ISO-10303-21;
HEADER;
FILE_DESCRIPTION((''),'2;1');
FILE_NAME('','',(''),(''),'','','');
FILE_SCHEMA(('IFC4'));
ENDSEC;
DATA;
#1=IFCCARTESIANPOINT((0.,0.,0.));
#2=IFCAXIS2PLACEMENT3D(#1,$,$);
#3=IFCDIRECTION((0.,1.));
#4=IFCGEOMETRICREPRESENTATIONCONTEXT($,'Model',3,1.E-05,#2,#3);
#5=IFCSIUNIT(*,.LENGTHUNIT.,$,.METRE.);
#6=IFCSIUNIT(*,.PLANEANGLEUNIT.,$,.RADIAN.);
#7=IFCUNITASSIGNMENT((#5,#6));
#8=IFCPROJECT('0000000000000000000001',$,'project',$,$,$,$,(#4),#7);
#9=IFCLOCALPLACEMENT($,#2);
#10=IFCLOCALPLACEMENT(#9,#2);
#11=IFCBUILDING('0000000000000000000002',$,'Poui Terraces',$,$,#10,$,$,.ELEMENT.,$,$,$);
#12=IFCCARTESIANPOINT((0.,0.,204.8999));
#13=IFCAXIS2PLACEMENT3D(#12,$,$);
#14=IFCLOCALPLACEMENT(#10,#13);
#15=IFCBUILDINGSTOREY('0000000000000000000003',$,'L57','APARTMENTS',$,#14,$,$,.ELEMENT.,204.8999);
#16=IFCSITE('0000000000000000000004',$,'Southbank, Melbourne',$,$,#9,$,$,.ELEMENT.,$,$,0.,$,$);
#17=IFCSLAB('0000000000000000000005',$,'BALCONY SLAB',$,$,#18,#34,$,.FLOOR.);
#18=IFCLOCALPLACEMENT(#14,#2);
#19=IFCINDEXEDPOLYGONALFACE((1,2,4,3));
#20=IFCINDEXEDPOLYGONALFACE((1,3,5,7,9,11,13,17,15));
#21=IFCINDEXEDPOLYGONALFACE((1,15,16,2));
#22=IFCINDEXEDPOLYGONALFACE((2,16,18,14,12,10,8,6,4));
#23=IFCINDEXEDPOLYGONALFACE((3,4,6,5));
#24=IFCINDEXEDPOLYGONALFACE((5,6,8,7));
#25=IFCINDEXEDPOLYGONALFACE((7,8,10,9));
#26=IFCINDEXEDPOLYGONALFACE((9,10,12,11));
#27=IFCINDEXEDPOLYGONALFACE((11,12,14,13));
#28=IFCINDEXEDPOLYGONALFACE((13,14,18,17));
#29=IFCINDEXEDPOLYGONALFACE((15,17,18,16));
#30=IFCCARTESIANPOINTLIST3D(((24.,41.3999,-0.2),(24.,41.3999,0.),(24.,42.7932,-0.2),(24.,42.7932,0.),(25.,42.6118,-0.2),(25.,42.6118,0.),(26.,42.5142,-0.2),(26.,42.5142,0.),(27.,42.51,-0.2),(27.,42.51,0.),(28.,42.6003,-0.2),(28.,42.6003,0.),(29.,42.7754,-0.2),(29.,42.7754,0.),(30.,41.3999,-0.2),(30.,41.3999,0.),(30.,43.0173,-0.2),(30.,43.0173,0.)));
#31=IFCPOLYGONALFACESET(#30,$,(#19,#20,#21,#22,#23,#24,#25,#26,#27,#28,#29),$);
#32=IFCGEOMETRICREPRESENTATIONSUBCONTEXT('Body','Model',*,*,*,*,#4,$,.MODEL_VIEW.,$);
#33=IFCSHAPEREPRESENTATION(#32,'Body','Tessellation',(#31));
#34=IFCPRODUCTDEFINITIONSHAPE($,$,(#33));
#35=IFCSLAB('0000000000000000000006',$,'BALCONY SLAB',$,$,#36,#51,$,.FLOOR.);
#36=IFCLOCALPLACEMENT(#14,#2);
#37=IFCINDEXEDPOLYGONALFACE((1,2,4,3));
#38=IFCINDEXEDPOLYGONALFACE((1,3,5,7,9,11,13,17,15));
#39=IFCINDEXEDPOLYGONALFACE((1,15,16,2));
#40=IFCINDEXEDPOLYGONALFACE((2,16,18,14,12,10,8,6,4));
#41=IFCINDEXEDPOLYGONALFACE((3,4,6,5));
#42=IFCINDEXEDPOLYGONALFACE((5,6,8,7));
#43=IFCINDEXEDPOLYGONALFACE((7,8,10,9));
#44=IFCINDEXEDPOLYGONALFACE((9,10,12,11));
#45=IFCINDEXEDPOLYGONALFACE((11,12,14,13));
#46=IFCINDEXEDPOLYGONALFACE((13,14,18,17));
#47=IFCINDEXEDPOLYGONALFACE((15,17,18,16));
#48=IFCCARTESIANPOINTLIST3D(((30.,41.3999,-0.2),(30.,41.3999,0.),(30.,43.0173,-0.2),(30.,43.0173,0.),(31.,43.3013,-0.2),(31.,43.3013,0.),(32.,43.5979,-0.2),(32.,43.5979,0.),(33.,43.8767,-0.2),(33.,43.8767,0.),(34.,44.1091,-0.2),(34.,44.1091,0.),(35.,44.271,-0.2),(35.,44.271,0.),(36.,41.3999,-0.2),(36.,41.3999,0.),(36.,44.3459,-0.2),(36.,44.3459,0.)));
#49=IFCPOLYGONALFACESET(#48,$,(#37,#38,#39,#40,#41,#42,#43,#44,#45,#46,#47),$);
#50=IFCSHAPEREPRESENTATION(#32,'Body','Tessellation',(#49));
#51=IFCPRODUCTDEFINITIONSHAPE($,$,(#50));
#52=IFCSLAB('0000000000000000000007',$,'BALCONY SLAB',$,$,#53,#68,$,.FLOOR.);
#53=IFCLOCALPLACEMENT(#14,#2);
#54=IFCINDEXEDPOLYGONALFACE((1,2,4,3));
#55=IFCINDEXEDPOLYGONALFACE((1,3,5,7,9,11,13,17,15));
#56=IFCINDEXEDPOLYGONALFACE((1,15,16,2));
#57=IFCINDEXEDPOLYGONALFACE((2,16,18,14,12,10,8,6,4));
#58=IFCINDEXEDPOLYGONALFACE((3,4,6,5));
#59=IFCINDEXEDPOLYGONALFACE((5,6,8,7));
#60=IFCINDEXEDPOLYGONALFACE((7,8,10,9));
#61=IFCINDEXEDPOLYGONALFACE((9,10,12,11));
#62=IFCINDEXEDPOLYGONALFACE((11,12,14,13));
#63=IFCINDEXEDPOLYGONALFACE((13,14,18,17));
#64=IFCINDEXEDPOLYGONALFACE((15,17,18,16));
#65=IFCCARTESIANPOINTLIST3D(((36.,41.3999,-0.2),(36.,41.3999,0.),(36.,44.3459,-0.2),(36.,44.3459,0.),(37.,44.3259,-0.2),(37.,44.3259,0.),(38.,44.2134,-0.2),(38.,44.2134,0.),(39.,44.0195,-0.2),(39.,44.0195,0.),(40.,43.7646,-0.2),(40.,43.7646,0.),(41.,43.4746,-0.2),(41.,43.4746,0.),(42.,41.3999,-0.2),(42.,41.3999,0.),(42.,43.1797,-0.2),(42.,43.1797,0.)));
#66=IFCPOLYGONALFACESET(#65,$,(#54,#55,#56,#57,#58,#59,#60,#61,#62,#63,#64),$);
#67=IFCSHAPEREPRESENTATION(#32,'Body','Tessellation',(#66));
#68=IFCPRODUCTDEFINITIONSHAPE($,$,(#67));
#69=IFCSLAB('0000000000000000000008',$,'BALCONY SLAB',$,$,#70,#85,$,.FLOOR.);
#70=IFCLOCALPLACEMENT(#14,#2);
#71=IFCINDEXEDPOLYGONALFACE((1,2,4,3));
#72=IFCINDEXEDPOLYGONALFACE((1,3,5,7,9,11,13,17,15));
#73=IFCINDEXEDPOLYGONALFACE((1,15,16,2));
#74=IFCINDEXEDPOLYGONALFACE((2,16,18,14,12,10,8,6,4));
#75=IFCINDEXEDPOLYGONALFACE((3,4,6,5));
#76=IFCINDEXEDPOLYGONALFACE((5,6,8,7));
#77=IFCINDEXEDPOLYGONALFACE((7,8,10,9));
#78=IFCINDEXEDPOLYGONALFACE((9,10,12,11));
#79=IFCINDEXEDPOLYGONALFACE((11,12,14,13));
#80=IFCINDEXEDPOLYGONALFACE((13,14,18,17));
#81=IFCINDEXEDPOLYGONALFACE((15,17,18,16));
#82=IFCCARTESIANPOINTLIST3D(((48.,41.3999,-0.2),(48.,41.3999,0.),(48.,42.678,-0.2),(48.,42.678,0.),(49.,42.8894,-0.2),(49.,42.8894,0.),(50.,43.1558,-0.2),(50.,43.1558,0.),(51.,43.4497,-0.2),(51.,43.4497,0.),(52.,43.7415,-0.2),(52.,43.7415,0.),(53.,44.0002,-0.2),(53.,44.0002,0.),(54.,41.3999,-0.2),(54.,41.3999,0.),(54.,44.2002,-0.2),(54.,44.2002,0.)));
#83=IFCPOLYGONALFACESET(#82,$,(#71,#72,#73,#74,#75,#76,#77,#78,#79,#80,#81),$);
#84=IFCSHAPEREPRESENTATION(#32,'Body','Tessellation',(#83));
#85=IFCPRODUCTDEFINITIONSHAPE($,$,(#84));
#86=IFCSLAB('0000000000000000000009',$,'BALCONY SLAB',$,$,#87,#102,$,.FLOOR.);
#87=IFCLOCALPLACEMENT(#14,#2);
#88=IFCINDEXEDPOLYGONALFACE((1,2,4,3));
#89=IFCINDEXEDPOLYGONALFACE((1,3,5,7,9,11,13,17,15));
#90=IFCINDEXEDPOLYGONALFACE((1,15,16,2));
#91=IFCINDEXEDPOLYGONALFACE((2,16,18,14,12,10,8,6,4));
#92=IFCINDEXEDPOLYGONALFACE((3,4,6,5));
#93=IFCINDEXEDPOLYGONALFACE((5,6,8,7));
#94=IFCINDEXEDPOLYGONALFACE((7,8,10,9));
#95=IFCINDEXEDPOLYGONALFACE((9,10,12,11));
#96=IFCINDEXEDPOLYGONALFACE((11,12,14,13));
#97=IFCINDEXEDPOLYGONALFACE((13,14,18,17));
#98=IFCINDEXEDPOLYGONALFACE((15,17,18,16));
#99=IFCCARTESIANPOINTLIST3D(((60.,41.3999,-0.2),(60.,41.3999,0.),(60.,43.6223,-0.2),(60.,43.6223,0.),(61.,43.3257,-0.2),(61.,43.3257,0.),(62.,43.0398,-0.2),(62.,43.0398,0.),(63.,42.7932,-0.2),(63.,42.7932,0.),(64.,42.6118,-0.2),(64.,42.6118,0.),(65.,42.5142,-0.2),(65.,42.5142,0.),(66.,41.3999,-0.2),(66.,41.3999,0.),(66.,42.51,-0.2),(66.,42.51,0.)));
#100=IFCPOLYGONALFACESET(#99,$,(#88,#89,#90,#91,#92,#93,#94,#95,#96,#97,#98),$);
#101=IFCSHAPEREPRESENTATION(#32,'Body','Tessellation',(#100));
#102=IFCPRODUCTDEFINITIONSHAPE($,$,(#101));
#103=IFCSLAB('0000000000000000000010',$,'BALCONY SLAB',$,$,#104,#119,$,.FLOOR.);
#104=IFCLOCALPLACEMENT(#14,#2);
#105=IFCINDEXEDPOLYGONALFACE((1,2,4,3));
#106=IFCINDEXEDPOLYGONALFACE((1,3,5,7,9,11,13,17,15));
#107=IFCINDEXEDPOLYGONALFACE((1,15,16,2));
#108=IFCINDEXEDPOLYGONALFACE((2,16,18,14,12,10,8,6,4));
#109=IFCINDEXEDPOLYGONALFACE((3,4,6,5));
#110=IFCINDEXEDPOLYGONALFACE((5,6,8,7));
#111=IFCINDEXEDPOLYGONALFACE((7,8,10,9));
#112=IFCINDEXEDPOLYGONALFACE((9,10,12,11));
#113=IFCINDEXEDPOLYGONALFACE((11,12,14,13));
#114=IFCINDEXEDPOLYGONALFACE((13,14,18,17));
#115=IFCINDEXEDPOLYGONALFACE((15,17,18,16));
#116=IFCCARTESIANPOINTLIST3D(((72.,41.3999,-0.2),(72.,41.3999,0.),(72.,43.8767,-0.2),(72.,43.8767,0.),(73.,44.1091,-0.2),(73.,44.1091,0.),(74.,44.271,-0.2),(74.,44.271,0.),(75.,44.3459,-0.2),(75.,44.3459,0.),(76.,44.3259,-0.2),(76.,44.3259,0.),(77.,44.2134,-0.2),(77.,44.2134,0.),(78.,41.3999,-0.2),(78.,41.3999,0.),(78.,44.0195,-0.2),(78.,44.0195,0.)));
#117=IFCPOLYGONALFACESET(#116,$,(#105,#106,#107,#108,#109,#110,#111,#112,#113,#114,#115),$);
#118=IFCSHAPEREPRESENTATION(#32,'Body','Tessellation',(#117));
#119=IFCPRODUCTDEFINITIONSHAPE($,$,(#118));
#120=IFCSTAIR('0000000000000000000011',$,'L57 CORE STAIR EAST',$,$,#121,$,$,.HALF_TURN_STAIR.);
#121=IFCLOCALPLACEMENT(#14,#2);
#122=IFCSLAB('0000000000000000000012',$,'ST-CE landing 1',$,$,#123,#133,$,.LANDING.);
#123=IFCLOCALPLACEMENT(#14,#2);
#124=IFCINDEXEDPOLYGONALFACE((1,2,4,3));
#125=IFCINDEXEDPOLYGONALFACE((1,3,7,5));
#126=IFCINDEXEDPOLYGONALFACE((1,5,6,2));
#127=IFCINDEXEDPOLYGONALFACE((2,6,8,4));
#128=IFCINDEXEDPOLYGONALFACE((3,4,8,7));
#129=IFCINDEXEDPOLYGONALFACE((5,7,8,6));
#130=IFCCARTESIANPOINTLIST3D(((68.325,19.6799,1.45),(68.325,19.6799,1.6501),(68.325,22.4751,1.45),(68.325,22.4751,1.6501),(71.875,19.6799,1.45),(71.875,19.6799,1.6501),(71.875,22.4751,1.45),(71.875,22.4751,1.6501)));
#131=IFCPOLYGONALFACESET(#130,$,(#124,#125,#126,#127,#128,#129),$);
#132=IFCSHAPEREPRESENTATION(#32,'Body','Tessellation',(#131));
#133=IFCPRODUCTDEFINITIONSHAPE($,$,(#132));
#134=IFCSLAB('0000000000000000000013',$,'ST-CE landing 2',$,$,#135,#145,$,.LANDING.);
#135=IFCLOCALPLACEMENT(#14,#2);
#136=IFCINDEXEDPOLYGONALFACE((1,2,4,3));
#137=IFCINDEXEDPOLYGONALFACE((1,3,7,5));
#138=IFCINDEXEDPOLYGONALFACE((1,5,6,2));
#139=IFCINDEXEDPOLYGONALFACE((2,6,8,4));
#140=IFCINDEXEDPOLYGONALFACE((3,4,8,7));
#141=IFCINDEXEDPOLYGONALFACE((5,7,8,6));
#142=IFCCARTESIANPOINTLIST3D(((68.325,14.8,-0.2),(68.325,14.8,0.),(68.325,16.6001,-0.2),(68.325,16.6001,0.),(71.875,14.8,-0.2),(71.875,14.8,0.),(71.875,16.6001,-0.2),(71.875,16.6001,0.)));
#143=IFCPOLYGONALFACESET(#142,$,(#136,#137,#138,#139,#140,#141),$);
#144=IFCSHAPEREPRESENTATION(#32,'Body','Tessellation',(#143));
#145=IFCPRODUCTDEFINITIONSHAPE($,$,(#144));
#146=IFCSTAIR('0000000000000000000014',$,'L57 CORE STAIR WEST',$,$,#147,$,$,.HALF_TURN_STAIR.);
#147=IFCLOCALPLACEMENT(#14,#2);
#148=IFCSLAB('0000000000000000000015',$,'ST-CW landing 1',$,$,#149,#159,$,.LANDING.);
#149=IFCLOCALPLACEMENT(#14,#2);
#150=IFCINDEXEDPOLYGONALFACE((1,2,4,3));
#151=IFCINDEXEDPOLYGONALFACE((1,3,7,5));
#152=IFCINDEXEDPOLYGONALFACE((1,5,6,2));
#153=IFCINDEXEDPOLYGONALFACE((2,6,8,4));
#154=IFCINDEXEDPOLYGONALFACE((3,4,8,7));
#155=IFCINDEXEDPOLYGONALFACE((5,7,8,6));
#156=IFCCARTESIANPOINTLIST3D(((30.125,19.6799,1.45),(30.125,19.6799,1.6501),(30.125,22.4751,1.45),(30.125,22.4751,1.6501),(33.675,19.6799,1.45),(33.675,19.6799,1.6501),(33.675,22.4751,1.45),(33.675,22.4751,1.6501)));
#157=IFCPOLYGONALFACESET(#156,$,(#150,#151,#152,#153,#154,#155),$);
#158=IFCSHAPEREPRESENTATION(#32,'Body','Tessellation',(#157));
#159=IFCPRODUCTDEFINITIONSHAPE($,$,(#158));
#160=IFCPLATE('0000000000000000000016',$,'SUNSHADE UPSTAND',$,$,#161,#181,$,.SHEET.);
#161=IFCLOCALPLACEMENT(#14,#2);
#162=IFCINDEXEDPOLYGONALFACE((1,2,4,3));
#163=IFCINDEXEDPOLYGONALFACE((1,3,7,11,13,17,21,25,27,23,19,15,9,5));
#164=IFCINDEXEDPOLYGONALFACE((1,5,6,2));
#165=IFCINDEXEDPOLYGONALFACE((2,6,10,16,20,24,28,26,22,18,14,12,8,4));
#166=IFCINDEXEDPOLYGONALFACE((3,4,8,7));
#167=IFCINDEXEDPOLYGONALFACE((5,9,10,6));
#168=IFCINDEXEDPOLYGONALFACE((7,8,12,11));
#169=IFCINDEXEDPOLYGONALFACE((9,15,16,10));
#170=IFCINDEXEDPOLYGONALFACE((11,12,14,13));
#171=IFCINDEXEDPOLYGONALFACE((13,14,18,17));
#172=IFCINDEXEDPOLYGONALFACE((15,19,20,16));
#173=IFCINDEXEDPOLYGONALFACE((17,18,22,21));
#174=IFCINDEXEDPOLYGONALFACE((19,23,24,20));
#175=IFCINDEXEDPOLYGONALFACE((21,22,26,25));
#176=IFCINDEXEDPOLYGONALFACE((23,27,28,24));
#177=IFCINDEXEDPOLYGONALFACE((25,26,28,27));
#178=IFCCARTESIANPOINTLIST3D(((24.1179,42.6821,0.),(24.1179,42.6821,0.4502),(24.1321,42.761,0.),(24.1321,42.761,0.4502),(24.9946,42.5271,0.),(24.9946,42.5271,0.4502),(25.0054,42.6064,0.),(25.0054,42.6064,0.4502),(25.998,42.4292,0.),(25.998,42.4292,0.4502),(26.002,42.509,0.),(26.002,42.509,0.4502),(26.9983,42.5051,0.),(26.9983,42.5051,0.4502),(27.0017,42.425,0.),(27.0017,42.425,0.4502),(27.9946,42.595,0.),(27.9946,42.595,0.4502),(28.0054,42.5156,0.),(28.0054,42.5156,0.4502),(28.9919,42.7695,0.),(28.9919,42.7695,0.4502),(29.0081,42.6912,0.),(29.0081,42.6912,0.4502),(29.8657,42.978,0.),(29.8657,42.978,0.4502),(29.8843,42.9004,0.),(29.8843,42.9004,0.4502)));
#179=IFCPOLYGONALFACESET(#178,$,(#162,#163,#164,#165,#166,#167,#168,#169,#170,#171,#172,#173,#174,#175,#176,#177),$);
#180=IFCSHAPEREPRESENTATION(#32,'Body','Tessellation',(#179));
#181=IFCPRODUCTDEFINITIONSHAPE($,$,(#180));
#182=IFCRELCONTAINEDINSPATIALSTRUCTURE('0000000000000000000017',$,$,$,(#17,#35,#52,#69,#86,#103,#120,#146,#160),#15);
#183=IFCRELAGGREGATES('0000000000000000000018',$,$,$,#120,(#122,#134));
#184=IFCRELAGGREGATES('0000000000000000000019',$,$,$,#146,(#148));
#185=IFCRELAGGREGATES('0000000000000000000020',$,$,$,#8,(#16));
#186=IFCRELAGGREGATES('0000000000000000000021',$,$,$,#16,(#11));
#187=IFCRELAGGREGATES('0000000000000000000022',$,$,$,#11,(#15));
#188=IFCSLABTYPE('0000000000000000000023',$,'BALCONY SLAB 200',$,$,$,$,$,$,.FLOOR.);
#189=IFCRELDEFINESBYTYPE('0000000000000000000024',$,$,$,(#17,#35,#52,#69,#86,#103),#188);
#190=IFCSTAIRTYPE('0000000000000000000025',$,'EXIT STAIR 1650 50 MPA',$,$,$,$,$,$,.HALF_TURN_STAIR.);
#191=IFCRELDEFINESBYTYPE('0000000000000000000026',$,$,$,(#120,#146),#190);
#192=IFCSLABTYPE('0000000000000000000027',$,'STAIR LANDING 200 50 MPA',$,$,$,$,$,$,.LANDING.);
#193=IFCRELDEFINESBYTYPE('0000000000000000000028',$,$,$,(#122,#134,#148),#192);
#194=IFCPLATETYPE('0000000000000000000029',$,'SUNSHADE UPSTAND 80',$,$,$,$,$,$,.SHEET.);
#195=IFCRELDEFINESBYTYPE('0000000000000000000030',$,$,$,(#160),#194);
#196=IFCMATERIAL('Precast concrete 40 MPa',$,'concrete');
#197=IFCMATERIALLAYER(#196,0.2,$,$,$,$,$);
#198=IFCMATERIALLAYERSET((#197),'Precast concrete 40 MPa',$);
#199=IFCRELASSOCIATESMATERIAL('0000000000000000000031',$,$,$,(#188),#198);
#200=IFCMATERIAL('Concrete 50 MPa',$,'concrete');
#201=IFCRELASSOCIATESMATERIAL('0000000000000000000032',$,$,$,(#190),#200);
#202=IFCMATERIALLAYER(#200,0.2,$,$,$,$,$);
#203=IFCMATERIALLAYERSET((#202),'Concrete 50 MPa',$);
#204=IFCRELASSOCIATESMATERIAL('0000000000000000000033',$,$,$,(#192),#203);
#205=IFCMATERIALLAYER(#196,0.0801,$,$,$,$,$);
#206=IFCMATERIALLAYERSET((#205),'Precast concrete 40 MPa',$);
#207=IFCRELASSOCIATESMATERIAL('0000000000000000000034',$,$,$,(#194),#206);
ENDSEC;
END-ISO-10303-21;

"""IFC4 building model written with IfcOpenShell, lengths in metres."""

from ifc_helpers import new_model, si_unit, direction, frame, origin, place, context, subcontext, project, spatial, polyline, outline, extrude, material, layer, layer_set, type_object, element, aggregate, save


model = new_model("IFC4")

# Units and contexts
model_context = context("Model", 3, precision=1e-05, world=origin(), true_north=direction((0.0, 1.0)))
body_context = subcontext(model_context, "Body", "Model", "MODEL_VIEW")
ifc_project = project(units=[si_unit("LENGTHUNIT", "METRE"), si_unit("PLANEANGLEUNIT", "RADIAN")], contexts=[model_context])

# Site, building, storey
site_placement = place(None, origin())
site = spatial("IfcSite", under=ifc_project, at=site_placement, Name="Southbank, Melbourne", CompositionType="ELEMENT", RefElevation=0.0)
building_placement = place(site_placement, origin())
building = spatial("IfcBuilding", under=site, at=building_placement, Name="Poui Terraces", CompositionType="ELEMENT")
storey_placement = place(building_placement, frame((0.0, 0.0, 204.8999)))
storey = spatial("IfcBuildingStorey", under=building, at=storey_placement, Name="L57", Description="APARTMENTS", CompositionType="ELEMENT", Elevation=204.8999)

# Slabs
ifc_material_1 = material(Name="Precast concrete 40 MPa", Category="concrete")
ifc_layer_1 = layer(ifc_material_1, 0.2)
ifc_layer_set_1 = layer_set([ifc_layer_1], Name="Precast concrete 40 MPa")
slab_type_1 = type_object("IfcSlabType", Name="BALCONY SLAB 200", PredefinedType="FLOOR", material=ifc_layer_set_1)
slab_1_placement = place(storey_placement, frame((0.0, 0.0, -0.2)))
element("IfcSlab", 1, at=slab_1_placement, inside=storey, type_object=slab_type_1, Name="BALCONY SLAB", PredefinedType="FLOOR", context=body_context, shape_type="SweptSolid", body=[
    extrude(outline(polyline([(24.0, 41.3999), (30.0, 41.3999), (30.0, 43.0173), (29.0, 42.7754), (28.0, 42.6003), (27.0, 42.51), (26.0, 42.5142), (25.0, 42.6118), (24.0, 42.7932), (24.0, 41.3999)])), origin(), (0.0, 0.0, 1.0), 0.2),
])
slab_2_placement = place(storey_placement, frame((0.0, 0.0, -0.2)))
element("IfcSlab", 2, at=slab_2_placement, inside=storey, type_object=slab_type_1, Name="BALCONY SLAB", PredefinedType="FLOOR", context=body_context, shape_type="SweptSolid", body=[
    extrude(outline(polyline([(30.0, 41.3999), (36.0, 41.3999), (36.0, 44.3459), (35.0, 44.271), (34.0, 44.1091), (33.0, 43.8767), (32.0, 43.5979), (31.0, 43.3013), (30.0, 43.0173), (30.0, 41.3999)])), origin(), (0.0, 0.0, 1.0), 0.2),
])
slab_3_placement = place(storey_placement, frame((0.0, 0.0, -0.2)))
element("IfcSlab", 3, at=slab_3_placement, inside=storey, type_object=slab_type_1, Name="BALCONY SLAB", PredefinedType="FLOOR", context=body_context, shape_type="SweptSolid", body=[
    extrude(outline(polyline([(36.0, 41.3999), (42.0, 41.3999), (42.0, 43.1797), (41.0, 43.4746), (40.0, 43.7646), (39.0, 44.0195), (38.0, 44.2134), (37.0, 44.3259), (36.0, 44.3459), (36.0, 41.3999)])), origin(), (0.0, 0.0, 1.0), 0.2),
])
slab_4_placement = place(storey_placement, frame((0.0, 0.0, -0.2)))
element("IfcSlab", 4, at=slab_4_placement, inside=storey, type_object=slab_type_1, Name="BALCONY SLAB", PredefinedType="FLOOR", context=body_context, shape_type="SweptSolid", body=[
    extrude(outline(polyline([(48.0, 41.3999), (54.0, 41.3999), (54.0, 44.2002), (53.0, 44.0002), (52.0, 43.7415), (51.0, 43.4497), (50.0, 43.1558), (49.0, 42.8894), (48.0, 42.678), (48.0, 41.3999)])), origin(), (0.0, 0.0, 1.0), 0.2),
])
slab_5_placement = place(storey_placement, frame((0.0, 0.0, -0.2)))
element("IfcSlab", 5, at=slab_5_placement, inside=storey, type_object=slab_type_1, Name="BALCONY SLAB", PredefinedType="FLOOR", context=body_context, shape_type="SweptSolid", body=[
    extrude(outline(polyline([(60.0, 41.3999), (66.0, 41.3999), (66.0, 42.51), (65.0, 42.5142), (64.0, 42.6118), (63.0, 42.7932), (62.0, 43.0398), (61.0, 43.3257), (60.0, 43.6223), (60.0, 41.3999)])), origin(), (0.0, 0.0, 1.0), 0.2),
])
slab_6_placement = place(storey_placement, frame((0.0, 0.0, -0.2)))
element("IfcSlab", 6, at=slab_6_placement, inside=storey, type_object=slab_type_1, Name="BALCONY SLAB", PredefinedType="FLOOR", context=body_context, shape_type="SweptSolid", body=[
    extrude(outline(polyline([(72.0, 41.3999), (78.0, 41.3999), (78.0, 44.0195), (77.0, 44.2134), (76.0, 44.3259), (75.0, 44.3459), (74.0, 44.271), (73.0, 44.1091), (72.0, 43.8767), (72.0, 41.3999)])), origin(), (0.0, 0.0, 1.0), 0.2),
])

# Stair, slabs
ifc_material_2 = material(Name="Concrete 50 MPa", Category="concrete")
stair_type = type_object("IfcStairType", Name="EXIT STAIR 1650 50 MPA", PredefinedType="HALF_TURN_STAIR", material=ifc_material_2)
stair_1_placement = place(storey_placement, origin())
stair_1 = element("IfcStair", 7, at=stair_1_placement, inside=storey, type_object=stair_type, Name="L57 CORE STAIR EAST", PredefinedType="HALF_TURN_STAIR")
ifc_layer_2 = layer(ifc_material_2, 0.2)
ifc_layer_set_2 = layer_set([ifc_layer_2], Name="Concrete 50 MPa")
slab_type_2 = type_object("IfcSlabType", Name="STAIR LANDING 200 50 MPA", PredefinedType="LANDING", material=ifc_layer_set_2)
slab_7_placement = place(storey_placement, frame((0.0, 0.0, 1.45)))
slab_7 = element("IfcSlab", 8, at=slab_7_placement, type_object=slab_type_2, Name="ST-CE landing 1", PredefinedType="LANDING", context=body_context, shape_type="SweptSolid", body=[
    extrude(outline(polyline([(68.325, 19.6799), (71.875, 19.6799), (71.875, 22.4751), (68.325, 22.4751), (68.325, 19.6799)])), origin(), (0.0, 0.0, 1.0), 0.2002),
])
slab_8_placement = place(storey_placement, frame((0.0, 0.0, -0.2)))
slab_8 = element("IfcSlab", 9, at=slab_8_placement, type_object=slab_type_2, Name="ST-CE landing 2", PredefinedType="LANDING", context=body_context, shape_type="SweptSolid", body=[
    extrude(outline(polyline([(68.325, 14.8), (71.875, 14.8), (71.875, 16.6001), (68.325, 16.6001), (68.325, 14.8)])), origin(), (0.0, 0.0, 1.0), 0.2),
])
aggregate(stair_1, [slab_7, slab_8])

# Stair, slab
stair_2_placement = place(storey_placement, origin())
stair_2 = element("IfcStair", 10, at=stair_2_placement, inside=storey, type_object=stair_type, Name="L57 CORE STAIR WEST", PredefinedType="HALF_TURN_STAIR")
slab_9_placement = place(storey_placement, frame((0.0, 0.0, 1.45)))
slab_9 = element("IfcSlab", 11, at=slab_9_placement, type_object=slab_type_2, Name="ST-CW landing 1", PredefinedType="LANDING", context=body_context, shape_type="SweptSolid", body=[
    extrude(outline(polyline([(30.125, 19.6799), (33.675, 19.6799), (33.675, 22.4751), (30.125, 22.4751), (30.125, 19.6799)])), origin(), (0.0, 0.0, 1.0), 0.2002),
])
aggregate(stair_2, [slab_9])

# Plate
ifc_layer_3 = layer(ifc_material_1, 0.0801)
ifc_layer_set_3 = layer_set([ifc_layer_3], Name="Precast concrete 40 MPa")
plate_type = type_object("IfcPlateType", Name="SUNSHADE UPSTAND 80", PredefinedType="SHEET", material=ifc_layer_set_3)
plate_1_placement = place(storey_placement, origin())
element("IfcPlate", 12, at=plate_1_placement, inside=storey, type_object=plate_type, Name="SUNSHADE UPSTAND", PredefinedType="SHEET", context=body_context, shape_type="SweptSolid", body=[
    extrude(outline(polyline([(25.0054, 42.6064), (24.1321, 42.761), (24.1179, 42.6821), (24.9946, 42.5271), (25.998, 42.4292), (27.0017, 42.425), (28.0054, 42.5156), (29.0081, 42.6912), (29.8843, 42.9004), (29.8657, 42.978), (28.9919, 42.7695), (27.9946, 42.595), (26.9983, 42.5051), (26.002, 42.509), (25.0054, 42.6064)])), origin(), (0.0, 0.0, 1.0), 0.4502),
])

save(model, "model.ifc")
